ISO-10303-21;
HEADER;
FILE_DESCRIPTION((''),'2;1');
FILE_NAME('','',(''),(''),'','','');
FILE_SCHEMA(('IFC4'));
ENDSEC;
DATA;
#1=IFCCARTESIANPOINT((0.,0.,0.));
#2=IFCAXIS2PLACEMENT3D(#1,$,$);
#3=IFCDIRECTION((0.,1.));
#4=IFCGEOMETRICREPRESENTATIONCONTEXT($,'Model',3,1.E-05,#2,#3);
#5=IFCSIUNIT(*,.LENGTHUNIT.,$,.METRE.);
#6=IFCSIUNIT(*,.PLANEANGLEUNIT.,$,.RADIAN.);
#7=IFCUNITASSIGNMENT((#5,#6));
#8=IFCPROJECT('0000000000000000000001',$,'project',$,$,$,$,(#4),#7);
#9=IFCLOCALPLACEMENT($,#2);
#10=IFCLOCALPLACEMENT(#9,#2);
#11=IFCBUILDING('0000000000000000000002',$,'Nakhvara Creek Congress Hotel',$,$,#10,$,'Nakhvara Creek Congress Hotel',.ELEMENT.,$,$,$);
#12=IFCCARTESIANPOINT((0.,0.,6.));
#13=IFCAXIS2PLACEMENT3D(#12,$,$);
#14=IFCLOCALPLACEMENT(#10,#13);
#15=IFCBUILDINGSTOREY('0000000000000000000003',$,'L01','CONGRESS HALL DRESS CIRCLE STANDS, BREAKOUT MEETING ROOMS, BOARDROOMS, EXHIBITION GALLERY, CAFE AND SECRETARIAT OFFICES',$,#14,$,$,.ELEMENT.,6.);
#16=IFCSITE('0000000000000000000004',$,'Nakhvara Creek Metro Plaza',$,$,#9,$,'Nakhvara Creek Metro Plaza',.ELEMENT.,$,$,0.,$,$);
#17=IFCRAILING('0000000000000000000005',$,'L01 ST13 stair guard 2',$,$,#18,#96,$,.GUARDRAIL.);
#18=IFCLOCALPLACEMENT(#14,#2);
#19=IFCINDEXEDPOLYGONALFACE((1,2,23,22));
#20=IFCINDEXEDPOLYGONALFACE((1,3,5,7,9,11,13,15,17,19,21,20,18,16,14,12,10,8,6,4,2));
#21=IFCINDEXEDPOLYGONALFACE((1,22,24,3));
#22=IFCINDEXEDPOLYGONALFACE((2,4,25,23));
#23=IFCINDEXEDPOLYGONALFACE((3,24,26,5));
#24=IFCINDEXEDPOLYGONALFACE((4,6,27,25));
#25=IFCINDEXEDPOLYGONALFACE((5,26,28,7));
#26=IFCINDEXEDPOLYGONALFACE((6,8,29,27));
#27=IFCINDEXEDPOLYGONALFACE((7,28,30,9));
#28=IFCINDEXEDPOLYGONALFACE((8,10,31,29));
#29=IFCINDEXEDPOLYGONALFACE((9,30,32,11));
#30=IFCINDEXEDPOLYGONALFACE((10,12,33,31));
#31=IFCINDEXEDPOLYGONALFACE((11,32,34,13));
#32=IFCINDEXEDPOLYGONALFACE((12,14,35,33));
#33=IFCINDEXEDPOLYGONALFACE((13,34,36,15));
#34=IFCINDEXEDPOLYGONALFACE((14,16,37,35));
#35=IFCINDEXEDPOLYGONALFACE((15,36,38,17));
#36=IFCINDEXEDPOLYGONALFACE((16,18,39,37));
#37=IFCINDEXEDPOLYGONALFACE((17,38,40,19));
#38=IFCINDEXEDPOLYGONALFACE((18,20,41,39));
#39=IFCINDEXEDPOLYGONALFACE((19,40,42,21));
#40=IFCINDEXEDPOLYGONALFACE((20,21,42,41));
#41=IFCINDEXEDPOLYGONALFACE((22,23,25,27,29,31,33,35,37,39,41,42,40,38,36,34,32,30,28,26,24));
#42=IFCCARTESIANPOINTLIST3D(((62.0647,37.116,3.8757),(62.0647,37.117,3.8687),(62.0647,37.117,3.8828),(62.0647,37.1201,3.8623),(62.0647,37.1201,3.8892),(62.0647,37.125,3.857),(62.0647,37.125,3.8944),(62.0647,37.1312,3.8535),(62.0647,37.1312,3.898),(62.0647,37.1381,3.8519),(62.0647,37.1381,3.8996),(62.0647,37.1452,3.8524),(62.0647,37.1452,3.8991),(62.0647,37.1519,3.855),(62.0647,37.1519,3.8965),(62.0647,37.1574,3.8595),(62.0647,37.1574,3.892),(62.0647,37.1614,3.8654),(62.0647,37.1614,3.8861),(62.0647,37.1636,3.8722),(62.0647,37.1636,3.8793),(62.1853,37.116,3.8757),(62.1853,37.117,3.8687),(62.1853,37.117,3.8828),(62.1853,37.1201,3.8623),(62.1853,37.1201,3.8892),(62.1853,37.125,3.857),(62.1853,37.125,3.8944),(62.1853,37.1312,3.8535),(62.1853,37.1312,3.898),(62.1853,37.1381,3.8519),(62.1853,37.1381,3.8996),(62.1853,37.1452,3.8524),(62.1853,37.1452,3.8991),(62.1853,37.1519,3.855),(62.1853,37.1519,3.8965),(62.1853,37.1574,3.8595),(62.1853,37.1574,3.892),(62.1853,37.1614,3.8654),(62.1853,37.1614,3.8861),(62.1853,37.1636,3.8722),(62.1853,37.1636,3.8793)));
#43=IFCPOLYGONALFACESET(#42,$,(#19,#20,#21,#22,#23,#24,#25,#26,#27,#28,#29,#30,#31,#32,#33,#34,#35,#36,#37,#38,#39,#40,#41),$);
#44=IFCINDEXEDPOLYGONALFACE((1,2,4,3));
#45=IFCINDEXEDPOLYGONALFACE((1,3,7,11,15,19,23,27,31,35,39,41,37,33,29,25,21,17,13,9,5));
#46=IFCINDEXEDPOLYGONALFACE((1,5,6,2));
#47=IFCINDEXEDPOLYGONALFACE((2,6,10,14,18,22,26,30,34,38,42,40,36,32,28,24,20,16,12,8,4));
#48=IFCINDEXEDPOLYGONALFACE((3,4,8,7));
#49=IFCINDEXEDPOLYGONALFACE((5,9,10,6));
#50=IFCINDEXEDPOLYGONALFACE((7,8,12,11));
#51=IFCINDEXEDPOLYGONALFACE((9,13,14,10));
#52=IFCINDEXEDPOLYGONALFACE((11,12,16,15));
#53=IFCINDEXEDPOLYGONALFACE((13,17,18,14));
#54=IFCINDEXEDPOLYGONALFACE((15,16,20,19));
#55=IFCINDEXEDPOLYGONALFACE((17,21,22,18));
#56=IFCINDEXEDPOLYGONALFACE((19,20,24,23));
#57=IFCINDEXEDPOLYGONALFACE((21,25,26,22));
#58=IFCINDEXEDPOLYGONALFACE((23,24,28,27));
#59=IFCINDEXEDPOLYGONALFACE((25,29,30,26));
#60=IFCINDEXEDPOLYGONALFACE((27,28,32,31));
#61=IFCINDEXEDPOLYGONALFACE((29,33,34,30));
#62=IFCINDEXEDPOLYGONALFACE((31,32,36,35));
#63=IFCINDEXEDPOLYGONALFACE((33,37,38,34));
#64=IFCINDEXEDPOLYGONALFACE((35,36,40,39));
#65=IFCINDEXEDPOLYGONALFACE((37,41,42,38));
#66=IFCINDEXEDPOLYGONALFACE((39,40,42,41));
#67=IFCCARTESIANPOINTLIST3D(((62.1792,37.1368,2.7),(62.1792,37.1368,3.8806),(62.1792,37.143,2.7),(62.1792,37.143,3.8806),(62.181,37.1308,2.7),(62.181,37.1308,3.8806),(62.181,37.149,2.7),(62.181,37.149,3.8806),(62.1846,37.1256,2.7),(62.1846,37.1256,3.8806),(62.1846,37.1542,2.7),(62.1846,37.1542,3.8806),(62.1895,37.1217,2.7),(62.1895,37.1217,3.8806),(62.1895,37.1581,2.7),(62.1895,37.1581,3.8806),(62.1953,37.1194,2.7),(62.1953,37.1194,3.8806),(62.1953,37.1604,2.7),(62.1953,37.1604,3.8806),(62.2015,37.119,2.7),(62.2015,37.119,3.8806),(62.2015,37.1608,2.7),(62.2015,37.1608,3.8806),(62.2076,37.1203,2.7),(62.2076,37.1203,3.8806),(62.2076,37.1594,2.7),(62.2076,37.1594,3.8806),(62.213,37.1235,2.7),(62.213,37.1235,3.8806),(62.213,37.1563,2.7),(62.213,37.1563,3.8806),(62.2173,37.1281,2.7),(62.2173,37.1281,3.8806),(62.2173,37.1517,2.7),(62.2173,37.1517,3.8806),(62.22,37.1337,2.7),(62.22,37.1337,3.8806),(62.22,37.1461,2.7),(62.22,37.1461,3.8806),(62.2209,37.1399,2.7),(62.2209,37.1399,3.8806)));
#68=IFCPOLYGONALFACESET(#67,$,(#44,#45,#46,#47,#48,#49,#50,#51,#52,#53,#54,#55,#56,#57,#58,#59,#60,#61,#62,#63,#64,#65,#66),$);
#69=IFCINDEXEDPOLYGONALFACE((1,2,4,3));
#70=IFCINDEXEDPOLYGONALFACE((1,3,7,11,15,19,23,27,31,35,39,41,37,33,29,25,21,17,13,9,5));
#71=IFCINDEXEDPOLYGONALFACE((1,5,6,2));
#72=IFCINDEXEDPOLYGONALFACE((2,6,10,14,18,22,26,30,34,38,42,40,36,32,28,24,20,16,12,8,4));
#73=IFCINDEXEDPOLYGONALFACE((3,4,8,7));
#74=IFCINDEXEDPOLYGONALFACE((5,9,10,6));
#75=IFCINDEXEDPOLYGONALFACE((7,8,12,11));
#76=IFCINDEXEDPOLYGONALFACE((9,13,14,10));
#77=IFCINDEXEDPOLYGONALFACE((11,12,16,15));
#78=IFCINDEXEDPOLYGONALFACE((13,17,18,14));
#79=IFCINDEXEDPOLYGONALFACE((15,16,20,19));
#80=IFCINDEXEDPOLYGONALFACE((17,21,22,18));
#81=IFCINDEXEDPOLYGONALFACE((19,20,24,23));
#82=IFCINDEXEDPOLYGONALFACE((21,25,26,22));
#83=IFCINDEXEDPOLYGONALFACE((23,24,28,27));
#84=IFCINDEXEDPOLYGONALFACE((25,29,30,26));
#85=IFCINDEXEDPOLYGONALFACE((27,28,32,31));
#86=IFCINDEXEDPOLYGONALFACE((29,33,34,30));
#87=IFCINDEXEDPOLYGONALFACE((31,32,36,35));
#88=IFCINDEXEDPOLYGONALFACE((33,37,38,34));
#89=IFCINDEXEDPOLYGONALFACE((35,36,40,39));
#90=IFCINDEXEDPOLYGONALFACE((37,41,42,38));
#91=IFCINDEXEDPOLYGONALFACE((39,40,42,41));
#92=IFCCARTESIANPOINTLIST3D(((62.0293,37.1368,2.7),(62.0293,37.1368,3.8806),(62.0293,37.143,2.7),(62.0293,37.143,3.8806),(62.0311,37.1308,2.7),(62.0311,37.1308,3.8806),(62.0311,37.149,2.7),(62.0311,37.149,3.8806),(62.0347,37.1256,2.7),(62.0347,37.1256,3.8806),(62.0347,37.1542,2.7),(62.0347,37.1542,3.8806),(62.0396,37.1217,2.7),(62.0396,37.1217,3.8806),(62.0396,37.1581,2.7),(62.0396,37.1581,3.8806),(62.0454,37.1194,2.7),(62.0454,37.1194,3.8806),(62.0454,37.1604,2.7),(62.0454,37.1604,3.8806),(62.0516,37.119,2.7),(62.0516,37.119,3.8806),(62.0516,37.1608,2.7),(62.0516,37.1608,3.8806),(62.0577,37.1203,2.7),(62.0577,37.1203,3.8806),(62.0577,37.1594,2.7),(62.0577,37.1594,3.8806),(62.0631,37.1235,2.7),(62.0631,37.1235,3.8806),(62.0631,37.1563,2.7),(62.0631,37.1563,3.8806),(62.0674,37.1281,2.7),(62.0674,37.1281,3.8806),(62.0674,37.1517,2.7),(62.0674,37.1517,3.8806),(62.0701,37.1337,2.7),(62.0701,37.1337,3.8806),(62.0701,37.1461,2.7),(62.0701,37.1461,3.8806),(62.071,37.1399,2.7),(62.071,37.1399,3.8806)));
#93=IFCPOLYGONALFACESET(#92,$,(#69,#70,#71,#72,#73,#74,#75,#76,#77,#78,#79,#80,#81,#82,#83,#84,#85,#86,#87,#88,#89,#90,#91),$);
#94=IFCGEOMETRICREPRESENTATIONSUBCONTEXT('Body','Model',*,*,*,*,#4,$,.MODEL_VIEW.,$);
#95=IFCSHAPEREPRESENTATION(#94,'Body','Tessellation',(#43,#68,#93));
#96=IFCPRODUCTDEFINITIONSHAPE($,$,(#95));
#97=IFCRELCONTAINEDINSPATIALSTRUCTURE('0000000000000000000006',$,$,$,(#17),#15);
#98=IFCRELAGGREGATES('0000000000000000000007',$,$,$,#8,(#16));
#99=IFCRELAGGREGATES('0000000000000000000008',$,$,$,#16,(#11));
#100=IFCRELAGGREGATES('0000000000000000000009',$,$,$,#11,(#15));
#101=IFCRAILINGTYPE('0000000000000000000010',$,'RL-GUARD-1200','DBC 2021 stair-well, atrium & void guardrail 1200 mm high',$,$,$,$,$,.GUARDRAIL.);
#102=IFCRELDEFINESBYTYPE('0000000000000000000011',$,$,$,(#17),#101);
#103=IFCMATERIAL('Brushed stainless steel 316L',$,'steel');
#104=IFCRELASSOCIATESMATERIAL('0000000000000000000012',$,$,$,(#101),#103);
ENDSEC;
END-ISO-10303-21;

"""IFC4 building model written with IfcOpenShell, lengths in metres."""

from ifc_helpers import new_model, si_unit, direction, frame, origin, origin_2d, place, context, subcontext, project, spatial, circle, extrude, material, type_object, element, save


model = new_model("IFC4")

# Units and contexts
model_context = context("Model", 3, precision=1e-05, world=origin(), true_north=direction((0.0, 1.0)))
body_context = subcontext(model_context, "Body", "Model", "MODEL_VIEW")
ifc_project = project(units=[si_unit("LENGTHUNIT", "METRE"), si_unit("PLANEANGLEUNIT", "RADIAN")], contexts=[model_context])

# Site, building, storey
site_placement = place(None, origin())
site = spatial("IfcSite", under=ifc_project, at=site_placement, Name="Nakhvara Creek Metro Plaza", LongName="Nakhvara Creek Metro Plaza", CompositionType="ELEMENT", RefElevation=0.0)
building_placement = place(site_placement, origin())
building = spatial("IfcBuilding", under=site, at=building_placement, Name="Nakhvara Creek Congress Hotel", LongName="Nakhvara Creek Congress Hotel", CompositionType="ELEMENT")
storey_placement = place(building_placement, frame((0.0, 0.0, 6.0)))
storey = spatial("IfcBuildingStorey", under=building, at=storey_placement, Name="L01", Description="CONGRESS HALL DRESS CIRCLE STANDS, BREAKOUT MEETING ROOMS, BOARDROOMS, EXHIBITION GALLERY, CAFE AND SECRETARIAT OFFICES", CompositionType="ELEMENT", Elevation=6.0)

# Railing
ifc_material_1 = material(Name="Brushed stainless steel 316L", Category="steel")
railing_type_1 = type_object("IfcRailingType", Name="RL-GUARD-1200", Description="DBC 2021 stair-well, atrium & void guardrail 1200 mm high", PredefinedType="GUARDRAIL", material=ifc_material_1)
railing_1_placement = place(storey_placement, frame((62.2, 37.1399, 2.7)))
element("IfcRailing", 1, at=railing_1_placement, inside=storey, type_object=railing_type_1, Name="L01 ST13 stair guard 2", PredefinedType="GUARDRAIL", context=body_context, shape_type="SweptSolid", body=[
    extrude(circle(Radius=0.0239, at=origin_2d()), frame((-0.0146, 0.0, 1.1758), z_axis=(-1.0, 0.0, 0.0), x_axis=(0.0, -1.0, 0.0)), (0.0, 0.0, 1.0), 0.1206),
    extrude(circle(Radius=0.021, at=origin_2d()), origin(), (0.0, 0.0, 1.0), 1.1807),
    extrude(circle(Radius=0.021, at=origin_2d()), frame((-0.1499, 0.0, 0.0)), (0.0, 0.0, 1.0), 1.1807),
])

save(model, "model.ifc")
